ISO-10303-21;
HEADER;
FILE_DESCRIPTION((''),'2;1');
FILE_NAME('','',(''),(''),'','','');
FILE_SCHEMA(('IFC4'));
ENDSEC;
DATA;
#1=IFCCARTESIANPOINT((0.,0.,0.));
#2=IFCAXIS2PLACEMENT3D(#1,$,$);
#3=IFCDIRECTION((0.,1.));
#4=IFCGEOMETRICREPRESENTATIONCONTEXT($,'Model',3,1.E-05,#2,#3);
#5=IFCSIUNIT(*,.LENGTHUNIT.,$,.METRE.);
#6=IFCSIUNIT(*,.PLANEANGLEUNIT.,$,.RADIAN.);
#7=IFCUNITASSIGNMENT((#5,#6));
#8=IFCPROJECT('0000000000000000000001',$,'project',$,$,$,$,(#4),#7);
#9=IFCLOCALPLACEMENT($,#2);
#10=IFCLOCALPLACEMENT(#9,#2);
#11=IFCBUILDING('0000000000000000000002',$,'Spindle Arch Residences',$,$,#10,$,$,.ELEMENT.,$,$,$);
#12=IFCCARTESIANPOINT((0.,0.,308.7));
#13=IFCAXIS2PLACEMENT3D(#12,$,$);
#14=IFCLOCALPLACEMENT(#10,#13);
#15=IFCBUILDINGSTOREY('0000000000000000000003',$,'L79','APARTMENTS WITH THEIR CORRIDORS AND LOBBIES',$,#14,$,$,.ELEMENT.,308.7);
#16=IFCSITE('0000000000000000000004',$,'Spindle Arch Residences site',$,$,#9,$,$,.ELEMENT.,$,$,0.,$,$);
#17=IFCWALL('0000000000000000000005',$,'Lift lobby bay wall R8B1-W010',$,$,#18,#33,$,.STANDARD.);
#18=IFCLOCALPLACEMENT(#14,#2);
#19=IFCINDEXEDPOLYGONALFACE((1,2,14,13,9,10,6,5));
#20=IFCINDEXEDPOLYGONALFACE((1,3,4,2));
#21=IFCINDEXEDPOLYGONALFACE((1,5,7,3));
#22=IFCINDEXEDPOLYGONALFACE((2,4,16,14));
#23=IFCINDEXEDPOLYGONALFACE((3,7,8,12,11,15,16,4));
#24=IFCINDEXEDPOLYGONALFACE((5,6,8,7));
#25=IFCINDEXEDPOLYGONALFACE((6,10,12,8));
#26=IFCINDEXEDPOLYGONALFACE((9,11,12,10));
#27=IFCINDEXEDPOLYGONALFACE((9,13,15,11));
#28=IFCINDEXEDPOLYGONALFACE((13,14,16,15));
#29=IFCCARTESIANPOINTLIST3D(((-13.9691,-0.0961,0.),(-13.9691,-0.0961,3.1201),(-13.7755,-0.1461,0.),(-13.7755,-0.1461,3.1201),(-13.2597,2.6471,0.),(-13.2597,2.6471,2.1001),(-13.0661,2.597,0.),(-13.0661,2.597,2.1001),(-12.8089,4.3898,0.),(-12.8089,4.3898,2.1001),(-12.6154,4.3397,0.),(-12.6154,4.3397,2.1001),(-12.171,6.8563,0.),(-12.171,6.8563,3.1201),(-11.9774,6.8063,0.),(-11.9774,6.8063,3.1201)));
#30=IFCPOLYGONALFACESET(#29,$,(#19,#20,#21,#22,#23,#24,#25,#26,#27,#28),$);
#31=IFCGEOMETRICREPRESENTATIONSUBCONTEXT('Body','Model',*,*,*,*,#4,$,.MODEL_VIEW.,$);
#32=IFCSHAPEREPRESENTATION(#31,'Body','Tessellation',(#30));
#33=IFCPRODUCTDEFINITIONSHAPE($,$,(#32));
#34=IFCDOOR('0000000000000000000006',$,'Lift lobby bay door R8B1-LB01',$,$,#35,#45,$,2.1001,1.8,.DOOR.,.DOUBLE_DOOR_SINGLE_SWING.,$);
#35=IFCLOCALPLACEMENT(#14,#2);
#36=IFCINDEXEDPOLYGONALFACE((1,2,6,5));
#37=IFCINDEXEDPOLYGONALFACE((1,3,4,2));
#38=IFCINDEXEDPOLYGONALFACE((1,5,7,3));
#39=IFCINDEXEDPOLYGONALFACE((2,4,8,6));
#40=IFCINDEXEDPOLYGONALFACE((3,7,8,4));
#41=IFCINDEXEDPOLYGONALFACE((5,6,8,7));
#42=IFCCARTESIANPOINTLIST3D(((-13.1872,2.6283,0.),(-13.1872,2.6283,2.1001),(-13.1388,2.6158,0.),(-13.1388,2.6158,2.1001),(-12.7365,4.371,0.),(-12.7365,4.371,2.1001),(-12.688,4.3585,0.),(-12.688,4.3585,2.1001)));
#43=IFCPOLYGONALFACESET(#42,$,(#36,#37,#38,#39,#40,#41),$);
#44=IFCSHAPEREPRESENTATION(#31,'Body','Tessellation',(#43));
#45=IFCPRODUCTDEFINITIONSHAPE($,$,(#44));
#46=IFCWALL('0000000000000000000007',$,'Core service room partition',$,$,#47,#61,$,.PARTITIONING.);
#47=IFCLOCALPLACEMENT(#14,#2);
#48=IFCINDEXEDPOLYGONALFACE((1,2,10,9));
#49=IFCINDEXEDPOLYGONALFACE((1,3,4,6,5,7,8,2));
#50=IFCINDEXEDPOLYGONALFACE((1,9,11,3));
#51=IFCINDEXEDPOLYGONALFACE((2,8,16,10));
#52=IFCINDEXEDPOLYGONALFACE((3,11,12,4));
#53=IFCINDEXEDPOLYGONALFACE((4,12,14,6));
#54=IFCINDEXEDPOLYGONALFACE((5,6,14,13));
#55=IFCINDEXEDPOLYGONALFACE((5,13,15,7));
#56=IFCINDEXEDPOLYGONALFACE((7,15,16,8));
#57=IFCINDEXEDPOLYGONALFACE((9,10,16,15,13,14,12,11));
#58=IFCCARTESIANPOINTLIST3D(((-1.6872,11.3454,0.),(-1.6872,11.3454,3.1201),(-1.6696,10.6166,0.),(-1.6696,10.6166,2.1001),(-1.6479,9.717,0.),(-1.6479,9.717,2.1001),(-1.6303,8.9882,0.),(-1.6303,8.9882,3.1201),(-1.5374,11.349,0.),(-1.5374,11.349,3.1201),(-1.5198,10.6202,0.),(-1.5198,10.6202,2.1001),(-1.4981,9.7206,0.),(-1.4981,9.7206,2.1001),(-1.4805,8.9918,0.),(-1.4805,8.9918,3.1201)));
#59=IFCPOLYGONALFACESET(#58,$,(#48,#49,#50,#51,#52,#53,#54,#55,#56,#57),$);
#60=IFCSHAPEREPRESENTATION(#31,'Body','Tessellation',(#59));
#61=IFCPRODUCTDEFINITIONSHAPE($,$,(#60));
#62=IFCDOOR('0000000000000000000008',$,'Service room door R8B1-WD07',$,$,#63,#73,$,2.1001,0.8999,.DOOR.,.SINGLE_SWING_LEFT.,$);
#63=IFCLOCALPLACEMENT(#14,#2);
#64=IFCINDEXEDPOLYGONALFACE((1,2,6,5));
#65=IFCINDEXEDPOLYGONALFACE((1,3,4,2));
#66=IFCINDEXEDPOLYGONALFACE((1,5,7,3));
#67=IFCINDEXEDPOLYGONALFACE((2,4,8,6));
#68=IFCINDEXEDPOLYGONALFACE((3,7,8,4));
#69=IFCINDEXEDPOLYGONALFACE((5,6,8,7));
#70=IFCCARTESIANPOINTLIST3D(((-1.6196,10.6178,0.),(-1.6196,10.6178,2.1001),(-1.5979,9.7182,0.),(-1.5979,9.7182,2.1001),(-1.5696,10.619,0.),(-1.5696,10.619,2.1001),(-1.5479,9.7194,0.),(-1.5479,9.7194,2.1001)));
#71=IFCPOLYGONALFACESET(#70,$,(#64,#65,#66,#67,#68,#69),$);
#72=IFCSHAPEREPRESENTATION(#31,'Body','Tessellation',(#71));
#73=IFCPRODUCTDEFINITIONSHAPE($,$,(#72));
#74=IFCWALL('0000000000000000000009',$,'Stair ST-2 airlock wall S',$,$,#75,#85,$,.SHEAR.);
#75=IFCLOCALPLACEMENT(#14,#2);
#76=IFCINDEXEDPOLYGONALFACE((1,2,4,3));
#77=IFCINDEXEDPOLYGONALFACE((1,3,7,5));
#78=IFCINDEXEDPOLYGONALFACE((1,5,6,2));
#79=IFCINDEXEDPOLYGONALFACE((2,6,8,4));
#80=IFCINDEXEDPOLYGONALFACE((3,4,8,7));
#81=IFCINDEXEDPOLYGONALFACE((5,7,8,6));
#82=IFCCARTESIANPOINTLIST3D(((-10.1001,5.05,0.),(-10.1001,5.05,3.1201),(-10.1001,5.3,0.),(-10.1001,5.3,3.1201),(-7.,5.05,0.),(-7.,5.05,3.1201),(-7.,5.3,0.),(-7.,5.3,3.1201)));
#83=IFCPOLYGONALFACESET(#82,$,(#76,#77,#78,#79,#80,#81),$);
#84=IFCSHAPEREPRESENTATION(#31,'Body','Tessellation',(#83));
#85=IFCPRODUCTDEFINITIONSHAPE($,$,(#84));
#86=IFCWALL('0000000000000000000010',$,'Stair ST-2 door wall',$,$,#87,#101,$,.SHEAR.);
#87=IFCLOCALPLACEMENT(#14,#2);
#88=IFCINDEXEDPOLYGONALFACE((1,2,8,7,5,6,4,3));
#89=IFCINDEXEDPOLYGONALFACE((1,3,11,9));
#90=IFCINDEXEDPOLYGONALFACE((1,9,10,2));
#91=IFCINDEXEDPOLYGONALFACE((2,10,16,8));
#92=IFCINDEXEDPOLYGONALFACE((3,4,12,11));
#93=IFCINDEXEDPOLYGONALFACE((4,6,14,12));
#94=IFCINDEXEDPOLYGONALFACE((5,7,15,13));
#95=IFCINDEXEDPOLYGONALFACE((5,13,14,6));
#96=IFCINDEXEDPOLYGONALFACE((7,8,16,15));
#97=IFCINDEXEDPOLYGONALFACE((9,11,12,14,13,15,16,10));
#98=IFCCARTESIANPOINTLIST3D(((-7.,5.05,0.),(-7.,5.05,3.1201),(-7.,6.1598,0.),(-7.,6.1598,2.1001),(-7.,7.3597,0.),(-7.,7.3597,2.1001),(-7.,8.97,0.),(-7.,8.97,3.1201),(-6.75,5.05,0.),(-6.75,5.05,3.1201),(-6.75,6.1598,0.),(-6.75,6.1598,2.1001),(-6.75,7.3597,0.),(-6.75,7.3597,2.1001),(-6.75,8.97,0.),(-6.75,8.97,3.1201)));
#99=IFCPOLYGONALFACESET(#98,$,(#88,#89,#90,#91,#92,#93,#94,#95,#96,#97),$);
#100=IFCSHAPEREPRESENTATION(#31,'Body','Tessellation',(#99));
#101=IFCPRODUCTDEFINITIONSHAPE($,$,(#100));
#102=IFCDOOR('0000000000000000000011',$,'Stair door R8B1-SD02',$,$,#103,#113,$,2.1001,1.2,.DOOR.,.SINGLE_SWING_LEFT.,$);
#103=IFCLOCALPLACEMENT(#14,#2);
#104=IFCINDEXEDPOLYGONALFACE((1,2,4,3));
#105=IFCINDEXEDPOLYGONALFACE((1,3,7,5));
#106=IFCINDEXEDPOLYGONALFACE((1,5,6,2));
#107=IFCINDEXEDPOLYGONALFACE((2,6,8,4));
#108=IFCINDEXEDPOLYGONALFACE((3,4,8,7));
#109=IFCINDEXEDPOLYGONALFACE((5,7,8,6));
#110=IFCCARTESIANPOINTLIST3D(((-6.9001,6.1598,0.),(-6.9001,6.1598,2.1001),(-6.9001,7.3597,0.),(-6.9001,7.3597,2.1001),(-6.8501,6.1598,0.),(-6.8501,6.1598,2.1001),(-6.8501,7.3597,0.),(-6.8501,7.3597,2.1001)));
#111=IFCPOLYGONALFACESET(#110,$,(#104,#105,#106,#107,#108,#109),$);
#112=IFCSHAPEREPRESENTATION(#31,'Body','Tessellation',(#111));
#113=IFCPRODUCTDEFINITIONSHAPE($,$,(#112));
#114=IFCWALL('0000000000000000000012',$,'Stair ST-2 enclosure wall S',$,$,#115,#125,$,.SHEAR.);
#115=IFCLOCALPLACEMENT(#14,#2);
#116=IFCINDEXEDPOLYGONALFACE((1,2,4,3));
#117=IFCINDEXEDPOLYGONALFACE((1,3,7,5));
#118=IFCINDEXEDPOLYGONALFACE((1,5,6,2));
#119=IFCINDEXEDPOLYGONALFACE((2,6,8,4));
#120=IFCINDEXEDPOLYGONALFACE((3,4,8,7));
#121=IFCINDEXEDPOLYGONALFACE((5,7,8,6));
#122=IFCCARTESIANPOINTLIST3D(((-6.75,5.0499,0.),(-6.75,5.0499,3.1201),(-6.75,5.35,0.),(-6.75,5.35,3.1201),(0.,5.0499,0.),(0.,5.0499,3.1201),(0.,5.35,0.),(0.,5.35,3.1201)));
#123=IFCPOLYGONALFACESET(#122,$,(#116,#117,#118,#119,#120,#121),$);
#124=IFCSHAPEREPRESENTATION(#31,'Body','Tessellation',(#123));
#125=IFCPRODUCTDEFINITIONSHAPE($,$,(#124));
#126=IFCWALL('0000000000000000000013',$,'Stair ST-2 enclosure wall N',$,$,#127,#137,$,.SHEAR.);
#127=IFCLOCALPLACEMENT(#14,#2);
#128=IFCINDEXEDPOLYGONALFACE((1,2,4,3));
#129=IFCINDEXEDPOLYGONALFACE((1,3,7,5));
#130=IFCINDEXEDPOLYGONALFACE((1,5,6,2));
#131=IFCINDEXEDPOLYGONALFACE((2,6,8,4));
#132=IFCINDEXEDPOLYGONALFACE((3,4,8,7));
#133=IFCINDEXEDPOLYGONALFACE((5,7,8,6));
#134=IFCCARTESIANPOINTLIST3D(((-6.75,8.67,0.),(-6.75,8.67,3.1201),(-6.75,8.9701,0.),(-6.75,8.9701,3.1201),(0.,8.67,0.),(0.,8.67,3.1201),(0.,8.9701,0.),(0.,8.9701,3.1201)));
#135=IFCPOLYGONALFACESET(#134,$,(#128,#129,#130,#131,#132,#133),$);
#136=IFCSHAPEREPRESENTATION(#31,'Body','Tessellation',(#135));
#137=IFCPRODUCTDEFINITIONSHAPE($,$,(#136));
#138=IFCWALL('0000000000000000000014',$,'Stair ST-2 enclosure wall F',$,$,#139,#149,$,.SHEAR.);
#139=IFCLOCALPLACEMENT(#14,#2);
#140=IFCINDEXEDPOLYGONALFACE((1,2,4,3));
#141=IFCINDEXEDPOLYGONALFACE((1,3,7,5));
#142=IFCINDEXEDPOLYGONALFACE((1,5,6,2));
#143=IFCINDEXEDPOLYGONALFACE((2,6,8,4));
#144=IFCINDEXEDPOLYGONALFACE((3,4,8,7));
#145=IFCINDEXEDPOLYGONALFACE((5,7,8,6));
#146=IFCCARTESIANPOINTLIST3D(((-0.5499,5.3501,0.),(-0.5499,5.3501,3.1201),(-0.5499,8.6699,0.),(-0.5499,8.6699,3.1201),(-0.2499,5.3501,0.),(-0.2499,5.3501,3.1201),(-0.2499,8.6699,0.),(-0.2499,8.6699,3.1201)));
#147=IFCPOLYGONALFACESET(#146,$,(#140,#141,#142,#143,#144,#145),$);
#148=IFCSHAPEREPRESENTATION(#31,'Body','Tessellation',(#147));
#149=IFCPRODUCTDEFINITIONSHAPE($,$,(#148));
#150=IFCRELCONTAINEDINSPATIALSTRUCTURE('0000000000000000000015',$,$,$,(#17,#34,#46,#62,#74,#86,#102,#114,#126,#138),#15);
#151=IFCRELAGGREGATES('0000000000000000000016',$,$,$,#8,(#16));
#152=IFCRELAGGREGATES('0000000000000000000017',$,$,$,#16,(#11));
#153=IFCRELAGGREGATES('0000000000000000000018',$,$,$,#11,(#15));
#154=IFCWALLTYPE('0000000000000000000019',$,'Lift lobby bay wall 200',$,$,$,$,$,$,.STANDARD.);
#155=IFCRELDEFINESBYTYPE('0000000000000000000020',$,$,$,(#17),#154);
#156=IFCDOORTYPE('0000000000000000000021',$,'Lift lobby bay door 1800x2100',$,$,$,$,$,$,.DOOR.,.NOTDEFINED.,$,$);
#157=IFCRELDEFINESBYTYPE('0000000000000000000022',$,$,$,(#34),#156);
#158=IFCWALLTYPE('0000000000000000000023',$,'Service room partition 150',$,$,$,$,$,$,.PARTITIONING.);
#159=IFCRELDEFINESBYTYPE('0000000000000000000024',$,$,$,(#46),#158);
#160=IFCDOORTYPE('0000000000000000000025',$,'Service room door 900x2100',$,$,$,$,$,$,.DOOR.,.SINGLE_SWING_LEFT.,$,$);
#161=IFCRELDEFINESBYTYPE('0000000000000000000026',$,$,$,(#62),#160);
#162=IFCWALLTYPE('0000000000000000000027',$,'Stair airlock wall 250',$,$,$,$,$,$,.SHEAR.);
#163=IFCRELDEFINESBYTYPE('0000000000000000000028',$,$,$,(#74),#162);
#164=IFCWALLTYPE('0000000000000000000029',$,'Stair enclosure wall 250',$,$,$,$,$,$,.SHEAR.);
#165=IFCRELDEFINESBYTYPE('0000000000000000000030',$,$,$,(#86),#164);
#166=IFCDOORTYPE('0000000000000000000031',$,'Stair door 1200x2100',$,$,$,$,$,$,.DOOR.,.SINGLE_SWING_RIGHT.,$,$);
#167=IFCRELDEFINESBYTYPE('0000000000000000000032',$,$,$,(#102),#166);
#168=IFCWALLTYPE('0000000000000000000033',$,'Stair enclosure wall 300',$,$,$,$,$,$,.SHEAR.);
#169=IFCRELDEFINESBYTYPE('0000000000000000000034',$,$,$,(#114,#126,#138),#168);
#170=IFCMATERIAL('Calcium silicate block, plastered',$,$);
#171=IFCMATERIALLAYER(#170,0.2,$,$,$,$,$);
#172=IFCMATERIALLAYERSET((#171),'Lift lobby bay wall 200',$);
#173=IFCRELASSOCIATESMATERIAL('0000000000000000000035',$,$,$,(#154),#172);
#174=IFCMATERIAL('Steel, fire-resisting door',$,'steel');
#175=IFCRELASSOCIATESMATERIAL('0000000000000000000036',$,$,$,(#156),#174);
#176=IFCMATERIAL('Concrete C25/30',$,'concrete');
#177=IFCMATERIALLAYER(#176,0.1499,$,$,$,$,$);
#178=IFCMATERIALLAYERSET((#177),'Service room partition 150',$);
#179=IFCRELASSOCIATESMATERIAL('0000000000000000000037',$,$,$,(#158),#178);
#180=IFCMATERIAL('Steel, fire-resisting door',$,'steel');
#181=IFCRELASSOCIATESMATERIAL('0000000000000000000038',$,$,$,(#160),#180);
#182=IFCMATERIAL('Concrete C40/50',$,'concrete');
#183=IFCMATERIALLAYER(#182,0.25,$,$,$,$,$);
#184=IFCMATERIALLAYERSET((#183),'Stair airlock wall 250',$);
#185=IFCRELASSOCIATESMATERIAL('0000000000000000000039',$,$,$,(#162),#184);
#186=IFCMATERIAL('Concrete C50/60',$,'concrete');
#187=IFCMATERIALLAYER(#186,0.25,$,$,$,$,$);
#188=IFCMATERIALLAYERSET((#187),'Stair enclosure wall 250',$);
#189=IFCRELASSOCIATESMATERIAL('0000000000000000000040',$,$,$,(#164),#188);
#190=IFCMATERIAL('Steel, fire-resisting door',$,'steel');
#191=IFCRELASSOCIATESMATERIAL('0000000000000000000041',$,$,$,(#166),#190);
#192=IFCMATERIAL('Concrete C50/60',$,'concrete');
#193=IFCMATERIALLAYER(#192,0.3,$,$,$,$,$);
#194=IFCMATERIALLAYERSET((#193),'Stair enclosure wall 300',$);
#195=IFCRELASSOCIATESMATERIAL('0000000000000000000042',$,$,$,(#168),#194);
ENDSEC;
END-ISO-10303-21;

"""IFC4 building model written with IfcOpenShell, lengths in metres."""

from ifc_helpers import new_model, si_unit, direction, frame, frame_2d, origin, place, context, subcontext, project, spatial, rectangle, extrude, material, layer, layer_set, type_object, element, fill, save


model = new_model("IFC4")

# Units and contexts
model_context = context("Model", 3, precision=1e-05, world=origin(), true_north=direction((0.0, 1.0)))
body_context = subcontext(model_context, "Body", "Model", "MODEL_VIEW")
ifc_project = project(units=[si_unit("LENGTHUNIT", "METRE"), si_unit("PLANEANGLEUNIT", "RADIAN")], contexts=[model_context])

# Site, building, storey
site_placement = place(None, origin())
site = spatial("IfcSite", under=ifc_project, at=site_placement, Name="Spindle Arch Residences site", CompositionType="ELEMENT", RefElevation=0.0)
building_placement = place(site_placement, origin())
building = spatial("IfcBuilding", under=site, at=building_placement, Name="Spindle Arch Residences", CompositionType="ELEMENT")
storey_placement = place(building_placement, frame((0.0, 0.0, 308.7)))
storey = spatial("IfcBuildingStorey", under=building, at=storey_placement, Name="L79", Description="APARTMENTS WITH THEIR CORRIDORS AND LOBBIES", CompositionType="ELEMENT", Elevation=308.7)

# Walls, openings, doors
ifc_material_1 = material(Name="Calcium silicate block, plastered")
ifc_layer_1 = layer(ifc_material_1, 0.2)
ifc_layer_set_1 = layer_set([ifc_layer_1], Name="Lift lobby bay wall 200")
wall_type_1 = type_object("IfcWallType", Name="Lift lobby bay wall 200", PredefinedType="STANDARD", material=ifc_layer_set_1)
wall_1_placement = place(storey_placement, frame((-12.0742, 6.8313, 0.0), z_axis=(0.0, 0.0, 1.0), x_axis=(-0.250391, -0.968145, 0.0)))
wall_1 = element("IfcWall", 1, at=wall_1_placement, inside=storey, type_object=wall_type_1, Name="Lift lobby bay wall R8B1-W010", PredefinedType="STANDARD", context=body_context, shape_type="SweptSolid", body=[
    extrude(rectangle(XDim=7.1812, YDim=0.2, at=frame_2d((3.5906, 0.0))), origin(), (0.0, 0.0, 1.0), 3.1201),
])
opening_1_placement = place(wall_1_placement, frame((2.5479, 0.0, 0.0)))
opening_1 = element("IfcOpeningElement", 2, at=opening_1_placement, cuts=wall_1, PredefinedType="OPENING", context=body_context, shape_type="SweptSolid", body=[
    extrude(rectangle(XDim=1.8, YDim=2.1001, at=frame_2d((0.8999, 1.05))), frame((0.0, 0.1099, 0.0), z_axis=(0.0, -1.0, 0.0), x_axis=(1.0, 0.0, 0.0)), (0.0, 0.0, 1.0), 0.22),
])
ifc_material_2 = material(Name="Steel, fire-resisting door", Category="steel")
door_type_1 = type_object("IfcDoorType", Name="Lift lobby bay door 1800x2100", OperationType="NOTDEFINED", PredefinedType="DOOR", material=ifc_material_2)
door_1_placement = place(opening_1_placement, origin())
door_1 = element("IfcDoor", 3, at=door_1_placement, inside=storey, type_object=door_type_1, Name="Lift lobby bay door R8B1-LB01", OperationType="DOUBLE_DOOR_SINGLE_SWING", OverallHeight=2.1001, OverallWidth=1.8, PredefinedType="DOOR", context=body_context, shape_type="SweptSolid", body=[
    extrude(rectangle(XDim=1.8, YDim=2.1001, at=frame_2d((0.8999, 1.05))), frame((0.0, 0.0249, 0.0), z_axis=(0.0, -1.0, 0.0), x_axis=(1.0, 0.0, 0.0)), (0.0, 0.0, 1.0), 0.05),
])
fill(opening_1, door_1)
ifc_material_3 = material(Name="Concrete C25/30", Category="concrete")
ifc_layer_2 = layer(ifc_material_3, 0.1499)
ifc_layer_set_2 = layer_set([ifc_layer_2], Name="Service room partition 150")
wall_type_2 = type_object("IfcWallType", Name="Service room partition 150", PredefinedType="PARTITIONING", material=ifc_layer_set_2)
wall_2_placement = place(storey_placement, frame((-1.5554, 8.99, 0.0), z_axis=(0.0, 0.0, 1.0), x_axis=(-0.024126, 0.999709, 0.0)))
wall_2 = element("IfcWall", 4, at=wall_2_placement, inside=storey, type_object=wall_type_2, Name="Core service room partition", PredefinedType="PARTITIONING", context=body_context, shape_type="SweptSolid", body=[
    extrude(rectangle(XDim=2.3579, YDim=0.1499, at=frame_2d((1.179, 0.0))), origin(), (0.0, 0.0, 1.0), 3.1201),
])
opening_2_placement = place(wall_2_placement, frame((0.729, 0.0, 0.0)))
opening_2 = element("IfcOpeningElement", 5, at=opening_2_placement, cuts=wall_2, PredefinedType="OPENING", context=body_context, shape_type="SweptSolid", body=[
    extrude(rectangle(XDim=0.8999, YDim=2.1001, at=frame_2d((0.45, 1.05))), frame((0.0, 0.085, 0.0), z_axis=(0.0, -1.0, 0.0), x_axis=(1.0, 0.0, 0.0)), (0.0, 0.0, 1.0), 0.1699),
])
ifc_material_4 = material(Name="Steel, fire-resisting door", Category="steel")
door_type_2 = type_object("IfcDoorType", Name="Service room door 900x2100", OperationType="SINGLE_SWING_LEFT", PredefinedType="DOOR", material=ifc_material_4)
door_2_placement = place(opening_2_placement, origin())
door_2 = element("IfcDoor", 6, at=door_2_placement, inside=storey, type_object=door_type_2, Name="Service room door R8B1-WD07", OperationType="SINGLE_SWING_LEFT", OverallHeight=2.1001, OverallWidth=0.8999, PredefinedType="DOOR", context=body_context, shape_type="SweptSolid", body=[
    extrude(rectangle(XDim=0.8999, YDim=2.1001, at=frame_2d((0.45, 1.05))), frame((0.0, 0.0249, 0.0), z_axis=(0.0, -1.0, 0.0), x_axis=(1.0, 0.0, 0.0)), (0.0, 0.0, 1.0), 0.05),
])
fill(opening_2, door_2)

# Wall
ifc_material_5 = material(Name="Concrete C40/50", Category="concrete")
ifc_layer_3 = layer(ifc_material_5, 0.25)
ifc_layer_set_3 = layer_set([ifc_layer_3], Name="Stair airlock wall 250")
wall_type_3 = type_object("IfcWallType", Name="Stair airlock wall 250", PredefinedType="SHEAR", material=ifc_layer_set_3)
wall_3_placement = place(storey_placement, frame((-7.0, 5.175, 0.0), z_axis=(0.0, 0.0, 1.0), x_axis=(-1.0, 0.0, 0.0)))
element("IfcWall", 7, at=wall_3_placement, inside=storey, type_object=wall_type_3, Name="Stair ST-2 airlock wall S", PredefinedType="SHEAR", context=body_context, shape_type="SweptSolid", body=[
    extrude(rectangle(XDim=3.1001, YDim=0.25, at=frame_2d((1.55, 0.0))), origin(), (0.0, 0.0, 1.0), 3.1201),
])

# Wall, opening, door
ifc_material_6 = material(Name="Concrete C50/60", Category="concrete")
ifc_layer_4 = layer(ifc_material_6, 0.25)
ifc_layer_set_4 = layer_set([ifc_layer_4], Name="Stair enclosure wall 250")
wall_type_4 = type_object("IfcWallType", Name="Stair enclosure wall 250", PredefinedType="SHEAR", material=ifc_layer_set_4)
wall_4_placement = place(storey_placement, frame((-6.875, 8.97, 0.0), z_axis=(0.0, 0.0, 1.0), x_axis=(0.0, -1.0, 0.0)))
wall_4 = element("IfcWall", 8, at=wall_4_placement, inside=storey, type_object=wall_type_4, Name="Stair ST-2 door wall", PredefinedType="SHEAR", context=body_context, shape_type="SweptSolid", body=[
    extrude(rectangle(XDim=3.9199, YDim=0.25, at=frame_2d((1.96, 0.0))), origin(), (0.0, 0.0, 1.0), 3.1201),
])
opening_3_placement = place(wall_4_placement, frame((1.6101, 0.0, 0.0)))
opening_3 = element("IfcOpeningElement", 9, at=opening_3_placement, cuts=wall_4, PredefinedType="OPENING", context=body_context, shape_type="SweptSolid", body=[
    extrude(rectangle(XDim=1.2, YDim=2.1001, at=frame_2d((0.6001, 1.05))), frame((0.0, 0.135, 0.0), z_axis=(0.0, -1.0, 0.0), x_axis=(1.0, 0.0, 0.0)), (0.0, 0.0, 1.0), 0.27),
])
ifc_material_7 = material(Name="Steel, fire-resisting door", Category="steel")
door_type_3 = type_object("IfcDoorType", Name="Stair door 1200x2100", OperationType="SINGLE_SWING_RIGHT", PredefinedType="DOOR", material=ifc_material_7)
door_3_placement = place(opening_3_placement, origin())
door_3 = element("IfcDoor", 10, at=door_3_placement, inside=storey, type_object=door_type_3, Name="Stair door R8B1-SD02", OperationType="SINGLE_SWING_LEFT", OverallHeight=2.1001, OverallWidth=1.2, PredefinedType="DOOR", context=body_context, shape_type="SweptSolid", body=[
    extrude(rectangle(XDim=1.2, YDim=2.1001, at=frame_2d((0.6001, 1.05))), frame((0.0, 0.0249, 0.0), z_axis=(0.0, -1.0, 0.0), x_axis=(1.0, 0.0, 0.0)), (0.0, 0.0, 1.0), 0.05),
])
fill(opening_3, door_3)

# Walls
ifc_material_8 = material(Name="Concrete C50/60", Category="concrete")
ifc_layer_5 = layer(ifc_material_8, 0.3)
ifc_layer_set_5 = layer_set([ifc_layer_5], Name="Stair enclosure wall 300")
wall_type_5 = type_object("IfcWallType", Name="Stair enclosure wall 300", PredefinedType="SHEAR", material=ifc_layer_set_5)
for number, where, z_axis, x_axis, name in (
    (11, (-6.75, 5.2, 0.0), (0.0, 0.0, 1.0), (1.0, 0.0, 0.0), "Stair ST-2 enclosure wall S"),
    (12, (-6.75, 8.8201, 0.0), (0.0, 0.0, 1.0), (1.0, 0.0, 0.0), "Stair ST-2 enclosure wall N"),
):
    element("IfcWall", number, at=place(storey_placement, frame(where, z_axis=z_axis, x_axis=x_axis)), inside=storey, type_object=wall_type_5, Name=name, PredefinedType="SHEAR", context=body_context, shape_type="SweptSolid", body=[
        extrude(rectangle(XDim=6.75, YDim=0.3, at=frame_2d((3.375, 0.0))), origin(), (0.0, 0.0, 1.0), 3.1201),
    ])
wall_5_placement = place(storey_placement, frame((-0.3999, 5.3501, 0.0), z_axis=(0.0, 0.0, 1.0), x_axis=(0.0, 1.0, 0.0)))
element("IfcWall", 13, at=wall_5_placement, inside=storey, type_object=wall_type_5, Name="Stair ST-2 enclosure wall F", PredefinedType="SHEAR", context=body_context, shape_type="SweptSolid", body=[
    extrude(rectangle(XDim=3.3198, YDim=0.3, at=frame_2d((1.6599, 0.0))), origin(), (0.0, 0.0, 1.0), 3.1201),
])

save(model, "model.ifc")
